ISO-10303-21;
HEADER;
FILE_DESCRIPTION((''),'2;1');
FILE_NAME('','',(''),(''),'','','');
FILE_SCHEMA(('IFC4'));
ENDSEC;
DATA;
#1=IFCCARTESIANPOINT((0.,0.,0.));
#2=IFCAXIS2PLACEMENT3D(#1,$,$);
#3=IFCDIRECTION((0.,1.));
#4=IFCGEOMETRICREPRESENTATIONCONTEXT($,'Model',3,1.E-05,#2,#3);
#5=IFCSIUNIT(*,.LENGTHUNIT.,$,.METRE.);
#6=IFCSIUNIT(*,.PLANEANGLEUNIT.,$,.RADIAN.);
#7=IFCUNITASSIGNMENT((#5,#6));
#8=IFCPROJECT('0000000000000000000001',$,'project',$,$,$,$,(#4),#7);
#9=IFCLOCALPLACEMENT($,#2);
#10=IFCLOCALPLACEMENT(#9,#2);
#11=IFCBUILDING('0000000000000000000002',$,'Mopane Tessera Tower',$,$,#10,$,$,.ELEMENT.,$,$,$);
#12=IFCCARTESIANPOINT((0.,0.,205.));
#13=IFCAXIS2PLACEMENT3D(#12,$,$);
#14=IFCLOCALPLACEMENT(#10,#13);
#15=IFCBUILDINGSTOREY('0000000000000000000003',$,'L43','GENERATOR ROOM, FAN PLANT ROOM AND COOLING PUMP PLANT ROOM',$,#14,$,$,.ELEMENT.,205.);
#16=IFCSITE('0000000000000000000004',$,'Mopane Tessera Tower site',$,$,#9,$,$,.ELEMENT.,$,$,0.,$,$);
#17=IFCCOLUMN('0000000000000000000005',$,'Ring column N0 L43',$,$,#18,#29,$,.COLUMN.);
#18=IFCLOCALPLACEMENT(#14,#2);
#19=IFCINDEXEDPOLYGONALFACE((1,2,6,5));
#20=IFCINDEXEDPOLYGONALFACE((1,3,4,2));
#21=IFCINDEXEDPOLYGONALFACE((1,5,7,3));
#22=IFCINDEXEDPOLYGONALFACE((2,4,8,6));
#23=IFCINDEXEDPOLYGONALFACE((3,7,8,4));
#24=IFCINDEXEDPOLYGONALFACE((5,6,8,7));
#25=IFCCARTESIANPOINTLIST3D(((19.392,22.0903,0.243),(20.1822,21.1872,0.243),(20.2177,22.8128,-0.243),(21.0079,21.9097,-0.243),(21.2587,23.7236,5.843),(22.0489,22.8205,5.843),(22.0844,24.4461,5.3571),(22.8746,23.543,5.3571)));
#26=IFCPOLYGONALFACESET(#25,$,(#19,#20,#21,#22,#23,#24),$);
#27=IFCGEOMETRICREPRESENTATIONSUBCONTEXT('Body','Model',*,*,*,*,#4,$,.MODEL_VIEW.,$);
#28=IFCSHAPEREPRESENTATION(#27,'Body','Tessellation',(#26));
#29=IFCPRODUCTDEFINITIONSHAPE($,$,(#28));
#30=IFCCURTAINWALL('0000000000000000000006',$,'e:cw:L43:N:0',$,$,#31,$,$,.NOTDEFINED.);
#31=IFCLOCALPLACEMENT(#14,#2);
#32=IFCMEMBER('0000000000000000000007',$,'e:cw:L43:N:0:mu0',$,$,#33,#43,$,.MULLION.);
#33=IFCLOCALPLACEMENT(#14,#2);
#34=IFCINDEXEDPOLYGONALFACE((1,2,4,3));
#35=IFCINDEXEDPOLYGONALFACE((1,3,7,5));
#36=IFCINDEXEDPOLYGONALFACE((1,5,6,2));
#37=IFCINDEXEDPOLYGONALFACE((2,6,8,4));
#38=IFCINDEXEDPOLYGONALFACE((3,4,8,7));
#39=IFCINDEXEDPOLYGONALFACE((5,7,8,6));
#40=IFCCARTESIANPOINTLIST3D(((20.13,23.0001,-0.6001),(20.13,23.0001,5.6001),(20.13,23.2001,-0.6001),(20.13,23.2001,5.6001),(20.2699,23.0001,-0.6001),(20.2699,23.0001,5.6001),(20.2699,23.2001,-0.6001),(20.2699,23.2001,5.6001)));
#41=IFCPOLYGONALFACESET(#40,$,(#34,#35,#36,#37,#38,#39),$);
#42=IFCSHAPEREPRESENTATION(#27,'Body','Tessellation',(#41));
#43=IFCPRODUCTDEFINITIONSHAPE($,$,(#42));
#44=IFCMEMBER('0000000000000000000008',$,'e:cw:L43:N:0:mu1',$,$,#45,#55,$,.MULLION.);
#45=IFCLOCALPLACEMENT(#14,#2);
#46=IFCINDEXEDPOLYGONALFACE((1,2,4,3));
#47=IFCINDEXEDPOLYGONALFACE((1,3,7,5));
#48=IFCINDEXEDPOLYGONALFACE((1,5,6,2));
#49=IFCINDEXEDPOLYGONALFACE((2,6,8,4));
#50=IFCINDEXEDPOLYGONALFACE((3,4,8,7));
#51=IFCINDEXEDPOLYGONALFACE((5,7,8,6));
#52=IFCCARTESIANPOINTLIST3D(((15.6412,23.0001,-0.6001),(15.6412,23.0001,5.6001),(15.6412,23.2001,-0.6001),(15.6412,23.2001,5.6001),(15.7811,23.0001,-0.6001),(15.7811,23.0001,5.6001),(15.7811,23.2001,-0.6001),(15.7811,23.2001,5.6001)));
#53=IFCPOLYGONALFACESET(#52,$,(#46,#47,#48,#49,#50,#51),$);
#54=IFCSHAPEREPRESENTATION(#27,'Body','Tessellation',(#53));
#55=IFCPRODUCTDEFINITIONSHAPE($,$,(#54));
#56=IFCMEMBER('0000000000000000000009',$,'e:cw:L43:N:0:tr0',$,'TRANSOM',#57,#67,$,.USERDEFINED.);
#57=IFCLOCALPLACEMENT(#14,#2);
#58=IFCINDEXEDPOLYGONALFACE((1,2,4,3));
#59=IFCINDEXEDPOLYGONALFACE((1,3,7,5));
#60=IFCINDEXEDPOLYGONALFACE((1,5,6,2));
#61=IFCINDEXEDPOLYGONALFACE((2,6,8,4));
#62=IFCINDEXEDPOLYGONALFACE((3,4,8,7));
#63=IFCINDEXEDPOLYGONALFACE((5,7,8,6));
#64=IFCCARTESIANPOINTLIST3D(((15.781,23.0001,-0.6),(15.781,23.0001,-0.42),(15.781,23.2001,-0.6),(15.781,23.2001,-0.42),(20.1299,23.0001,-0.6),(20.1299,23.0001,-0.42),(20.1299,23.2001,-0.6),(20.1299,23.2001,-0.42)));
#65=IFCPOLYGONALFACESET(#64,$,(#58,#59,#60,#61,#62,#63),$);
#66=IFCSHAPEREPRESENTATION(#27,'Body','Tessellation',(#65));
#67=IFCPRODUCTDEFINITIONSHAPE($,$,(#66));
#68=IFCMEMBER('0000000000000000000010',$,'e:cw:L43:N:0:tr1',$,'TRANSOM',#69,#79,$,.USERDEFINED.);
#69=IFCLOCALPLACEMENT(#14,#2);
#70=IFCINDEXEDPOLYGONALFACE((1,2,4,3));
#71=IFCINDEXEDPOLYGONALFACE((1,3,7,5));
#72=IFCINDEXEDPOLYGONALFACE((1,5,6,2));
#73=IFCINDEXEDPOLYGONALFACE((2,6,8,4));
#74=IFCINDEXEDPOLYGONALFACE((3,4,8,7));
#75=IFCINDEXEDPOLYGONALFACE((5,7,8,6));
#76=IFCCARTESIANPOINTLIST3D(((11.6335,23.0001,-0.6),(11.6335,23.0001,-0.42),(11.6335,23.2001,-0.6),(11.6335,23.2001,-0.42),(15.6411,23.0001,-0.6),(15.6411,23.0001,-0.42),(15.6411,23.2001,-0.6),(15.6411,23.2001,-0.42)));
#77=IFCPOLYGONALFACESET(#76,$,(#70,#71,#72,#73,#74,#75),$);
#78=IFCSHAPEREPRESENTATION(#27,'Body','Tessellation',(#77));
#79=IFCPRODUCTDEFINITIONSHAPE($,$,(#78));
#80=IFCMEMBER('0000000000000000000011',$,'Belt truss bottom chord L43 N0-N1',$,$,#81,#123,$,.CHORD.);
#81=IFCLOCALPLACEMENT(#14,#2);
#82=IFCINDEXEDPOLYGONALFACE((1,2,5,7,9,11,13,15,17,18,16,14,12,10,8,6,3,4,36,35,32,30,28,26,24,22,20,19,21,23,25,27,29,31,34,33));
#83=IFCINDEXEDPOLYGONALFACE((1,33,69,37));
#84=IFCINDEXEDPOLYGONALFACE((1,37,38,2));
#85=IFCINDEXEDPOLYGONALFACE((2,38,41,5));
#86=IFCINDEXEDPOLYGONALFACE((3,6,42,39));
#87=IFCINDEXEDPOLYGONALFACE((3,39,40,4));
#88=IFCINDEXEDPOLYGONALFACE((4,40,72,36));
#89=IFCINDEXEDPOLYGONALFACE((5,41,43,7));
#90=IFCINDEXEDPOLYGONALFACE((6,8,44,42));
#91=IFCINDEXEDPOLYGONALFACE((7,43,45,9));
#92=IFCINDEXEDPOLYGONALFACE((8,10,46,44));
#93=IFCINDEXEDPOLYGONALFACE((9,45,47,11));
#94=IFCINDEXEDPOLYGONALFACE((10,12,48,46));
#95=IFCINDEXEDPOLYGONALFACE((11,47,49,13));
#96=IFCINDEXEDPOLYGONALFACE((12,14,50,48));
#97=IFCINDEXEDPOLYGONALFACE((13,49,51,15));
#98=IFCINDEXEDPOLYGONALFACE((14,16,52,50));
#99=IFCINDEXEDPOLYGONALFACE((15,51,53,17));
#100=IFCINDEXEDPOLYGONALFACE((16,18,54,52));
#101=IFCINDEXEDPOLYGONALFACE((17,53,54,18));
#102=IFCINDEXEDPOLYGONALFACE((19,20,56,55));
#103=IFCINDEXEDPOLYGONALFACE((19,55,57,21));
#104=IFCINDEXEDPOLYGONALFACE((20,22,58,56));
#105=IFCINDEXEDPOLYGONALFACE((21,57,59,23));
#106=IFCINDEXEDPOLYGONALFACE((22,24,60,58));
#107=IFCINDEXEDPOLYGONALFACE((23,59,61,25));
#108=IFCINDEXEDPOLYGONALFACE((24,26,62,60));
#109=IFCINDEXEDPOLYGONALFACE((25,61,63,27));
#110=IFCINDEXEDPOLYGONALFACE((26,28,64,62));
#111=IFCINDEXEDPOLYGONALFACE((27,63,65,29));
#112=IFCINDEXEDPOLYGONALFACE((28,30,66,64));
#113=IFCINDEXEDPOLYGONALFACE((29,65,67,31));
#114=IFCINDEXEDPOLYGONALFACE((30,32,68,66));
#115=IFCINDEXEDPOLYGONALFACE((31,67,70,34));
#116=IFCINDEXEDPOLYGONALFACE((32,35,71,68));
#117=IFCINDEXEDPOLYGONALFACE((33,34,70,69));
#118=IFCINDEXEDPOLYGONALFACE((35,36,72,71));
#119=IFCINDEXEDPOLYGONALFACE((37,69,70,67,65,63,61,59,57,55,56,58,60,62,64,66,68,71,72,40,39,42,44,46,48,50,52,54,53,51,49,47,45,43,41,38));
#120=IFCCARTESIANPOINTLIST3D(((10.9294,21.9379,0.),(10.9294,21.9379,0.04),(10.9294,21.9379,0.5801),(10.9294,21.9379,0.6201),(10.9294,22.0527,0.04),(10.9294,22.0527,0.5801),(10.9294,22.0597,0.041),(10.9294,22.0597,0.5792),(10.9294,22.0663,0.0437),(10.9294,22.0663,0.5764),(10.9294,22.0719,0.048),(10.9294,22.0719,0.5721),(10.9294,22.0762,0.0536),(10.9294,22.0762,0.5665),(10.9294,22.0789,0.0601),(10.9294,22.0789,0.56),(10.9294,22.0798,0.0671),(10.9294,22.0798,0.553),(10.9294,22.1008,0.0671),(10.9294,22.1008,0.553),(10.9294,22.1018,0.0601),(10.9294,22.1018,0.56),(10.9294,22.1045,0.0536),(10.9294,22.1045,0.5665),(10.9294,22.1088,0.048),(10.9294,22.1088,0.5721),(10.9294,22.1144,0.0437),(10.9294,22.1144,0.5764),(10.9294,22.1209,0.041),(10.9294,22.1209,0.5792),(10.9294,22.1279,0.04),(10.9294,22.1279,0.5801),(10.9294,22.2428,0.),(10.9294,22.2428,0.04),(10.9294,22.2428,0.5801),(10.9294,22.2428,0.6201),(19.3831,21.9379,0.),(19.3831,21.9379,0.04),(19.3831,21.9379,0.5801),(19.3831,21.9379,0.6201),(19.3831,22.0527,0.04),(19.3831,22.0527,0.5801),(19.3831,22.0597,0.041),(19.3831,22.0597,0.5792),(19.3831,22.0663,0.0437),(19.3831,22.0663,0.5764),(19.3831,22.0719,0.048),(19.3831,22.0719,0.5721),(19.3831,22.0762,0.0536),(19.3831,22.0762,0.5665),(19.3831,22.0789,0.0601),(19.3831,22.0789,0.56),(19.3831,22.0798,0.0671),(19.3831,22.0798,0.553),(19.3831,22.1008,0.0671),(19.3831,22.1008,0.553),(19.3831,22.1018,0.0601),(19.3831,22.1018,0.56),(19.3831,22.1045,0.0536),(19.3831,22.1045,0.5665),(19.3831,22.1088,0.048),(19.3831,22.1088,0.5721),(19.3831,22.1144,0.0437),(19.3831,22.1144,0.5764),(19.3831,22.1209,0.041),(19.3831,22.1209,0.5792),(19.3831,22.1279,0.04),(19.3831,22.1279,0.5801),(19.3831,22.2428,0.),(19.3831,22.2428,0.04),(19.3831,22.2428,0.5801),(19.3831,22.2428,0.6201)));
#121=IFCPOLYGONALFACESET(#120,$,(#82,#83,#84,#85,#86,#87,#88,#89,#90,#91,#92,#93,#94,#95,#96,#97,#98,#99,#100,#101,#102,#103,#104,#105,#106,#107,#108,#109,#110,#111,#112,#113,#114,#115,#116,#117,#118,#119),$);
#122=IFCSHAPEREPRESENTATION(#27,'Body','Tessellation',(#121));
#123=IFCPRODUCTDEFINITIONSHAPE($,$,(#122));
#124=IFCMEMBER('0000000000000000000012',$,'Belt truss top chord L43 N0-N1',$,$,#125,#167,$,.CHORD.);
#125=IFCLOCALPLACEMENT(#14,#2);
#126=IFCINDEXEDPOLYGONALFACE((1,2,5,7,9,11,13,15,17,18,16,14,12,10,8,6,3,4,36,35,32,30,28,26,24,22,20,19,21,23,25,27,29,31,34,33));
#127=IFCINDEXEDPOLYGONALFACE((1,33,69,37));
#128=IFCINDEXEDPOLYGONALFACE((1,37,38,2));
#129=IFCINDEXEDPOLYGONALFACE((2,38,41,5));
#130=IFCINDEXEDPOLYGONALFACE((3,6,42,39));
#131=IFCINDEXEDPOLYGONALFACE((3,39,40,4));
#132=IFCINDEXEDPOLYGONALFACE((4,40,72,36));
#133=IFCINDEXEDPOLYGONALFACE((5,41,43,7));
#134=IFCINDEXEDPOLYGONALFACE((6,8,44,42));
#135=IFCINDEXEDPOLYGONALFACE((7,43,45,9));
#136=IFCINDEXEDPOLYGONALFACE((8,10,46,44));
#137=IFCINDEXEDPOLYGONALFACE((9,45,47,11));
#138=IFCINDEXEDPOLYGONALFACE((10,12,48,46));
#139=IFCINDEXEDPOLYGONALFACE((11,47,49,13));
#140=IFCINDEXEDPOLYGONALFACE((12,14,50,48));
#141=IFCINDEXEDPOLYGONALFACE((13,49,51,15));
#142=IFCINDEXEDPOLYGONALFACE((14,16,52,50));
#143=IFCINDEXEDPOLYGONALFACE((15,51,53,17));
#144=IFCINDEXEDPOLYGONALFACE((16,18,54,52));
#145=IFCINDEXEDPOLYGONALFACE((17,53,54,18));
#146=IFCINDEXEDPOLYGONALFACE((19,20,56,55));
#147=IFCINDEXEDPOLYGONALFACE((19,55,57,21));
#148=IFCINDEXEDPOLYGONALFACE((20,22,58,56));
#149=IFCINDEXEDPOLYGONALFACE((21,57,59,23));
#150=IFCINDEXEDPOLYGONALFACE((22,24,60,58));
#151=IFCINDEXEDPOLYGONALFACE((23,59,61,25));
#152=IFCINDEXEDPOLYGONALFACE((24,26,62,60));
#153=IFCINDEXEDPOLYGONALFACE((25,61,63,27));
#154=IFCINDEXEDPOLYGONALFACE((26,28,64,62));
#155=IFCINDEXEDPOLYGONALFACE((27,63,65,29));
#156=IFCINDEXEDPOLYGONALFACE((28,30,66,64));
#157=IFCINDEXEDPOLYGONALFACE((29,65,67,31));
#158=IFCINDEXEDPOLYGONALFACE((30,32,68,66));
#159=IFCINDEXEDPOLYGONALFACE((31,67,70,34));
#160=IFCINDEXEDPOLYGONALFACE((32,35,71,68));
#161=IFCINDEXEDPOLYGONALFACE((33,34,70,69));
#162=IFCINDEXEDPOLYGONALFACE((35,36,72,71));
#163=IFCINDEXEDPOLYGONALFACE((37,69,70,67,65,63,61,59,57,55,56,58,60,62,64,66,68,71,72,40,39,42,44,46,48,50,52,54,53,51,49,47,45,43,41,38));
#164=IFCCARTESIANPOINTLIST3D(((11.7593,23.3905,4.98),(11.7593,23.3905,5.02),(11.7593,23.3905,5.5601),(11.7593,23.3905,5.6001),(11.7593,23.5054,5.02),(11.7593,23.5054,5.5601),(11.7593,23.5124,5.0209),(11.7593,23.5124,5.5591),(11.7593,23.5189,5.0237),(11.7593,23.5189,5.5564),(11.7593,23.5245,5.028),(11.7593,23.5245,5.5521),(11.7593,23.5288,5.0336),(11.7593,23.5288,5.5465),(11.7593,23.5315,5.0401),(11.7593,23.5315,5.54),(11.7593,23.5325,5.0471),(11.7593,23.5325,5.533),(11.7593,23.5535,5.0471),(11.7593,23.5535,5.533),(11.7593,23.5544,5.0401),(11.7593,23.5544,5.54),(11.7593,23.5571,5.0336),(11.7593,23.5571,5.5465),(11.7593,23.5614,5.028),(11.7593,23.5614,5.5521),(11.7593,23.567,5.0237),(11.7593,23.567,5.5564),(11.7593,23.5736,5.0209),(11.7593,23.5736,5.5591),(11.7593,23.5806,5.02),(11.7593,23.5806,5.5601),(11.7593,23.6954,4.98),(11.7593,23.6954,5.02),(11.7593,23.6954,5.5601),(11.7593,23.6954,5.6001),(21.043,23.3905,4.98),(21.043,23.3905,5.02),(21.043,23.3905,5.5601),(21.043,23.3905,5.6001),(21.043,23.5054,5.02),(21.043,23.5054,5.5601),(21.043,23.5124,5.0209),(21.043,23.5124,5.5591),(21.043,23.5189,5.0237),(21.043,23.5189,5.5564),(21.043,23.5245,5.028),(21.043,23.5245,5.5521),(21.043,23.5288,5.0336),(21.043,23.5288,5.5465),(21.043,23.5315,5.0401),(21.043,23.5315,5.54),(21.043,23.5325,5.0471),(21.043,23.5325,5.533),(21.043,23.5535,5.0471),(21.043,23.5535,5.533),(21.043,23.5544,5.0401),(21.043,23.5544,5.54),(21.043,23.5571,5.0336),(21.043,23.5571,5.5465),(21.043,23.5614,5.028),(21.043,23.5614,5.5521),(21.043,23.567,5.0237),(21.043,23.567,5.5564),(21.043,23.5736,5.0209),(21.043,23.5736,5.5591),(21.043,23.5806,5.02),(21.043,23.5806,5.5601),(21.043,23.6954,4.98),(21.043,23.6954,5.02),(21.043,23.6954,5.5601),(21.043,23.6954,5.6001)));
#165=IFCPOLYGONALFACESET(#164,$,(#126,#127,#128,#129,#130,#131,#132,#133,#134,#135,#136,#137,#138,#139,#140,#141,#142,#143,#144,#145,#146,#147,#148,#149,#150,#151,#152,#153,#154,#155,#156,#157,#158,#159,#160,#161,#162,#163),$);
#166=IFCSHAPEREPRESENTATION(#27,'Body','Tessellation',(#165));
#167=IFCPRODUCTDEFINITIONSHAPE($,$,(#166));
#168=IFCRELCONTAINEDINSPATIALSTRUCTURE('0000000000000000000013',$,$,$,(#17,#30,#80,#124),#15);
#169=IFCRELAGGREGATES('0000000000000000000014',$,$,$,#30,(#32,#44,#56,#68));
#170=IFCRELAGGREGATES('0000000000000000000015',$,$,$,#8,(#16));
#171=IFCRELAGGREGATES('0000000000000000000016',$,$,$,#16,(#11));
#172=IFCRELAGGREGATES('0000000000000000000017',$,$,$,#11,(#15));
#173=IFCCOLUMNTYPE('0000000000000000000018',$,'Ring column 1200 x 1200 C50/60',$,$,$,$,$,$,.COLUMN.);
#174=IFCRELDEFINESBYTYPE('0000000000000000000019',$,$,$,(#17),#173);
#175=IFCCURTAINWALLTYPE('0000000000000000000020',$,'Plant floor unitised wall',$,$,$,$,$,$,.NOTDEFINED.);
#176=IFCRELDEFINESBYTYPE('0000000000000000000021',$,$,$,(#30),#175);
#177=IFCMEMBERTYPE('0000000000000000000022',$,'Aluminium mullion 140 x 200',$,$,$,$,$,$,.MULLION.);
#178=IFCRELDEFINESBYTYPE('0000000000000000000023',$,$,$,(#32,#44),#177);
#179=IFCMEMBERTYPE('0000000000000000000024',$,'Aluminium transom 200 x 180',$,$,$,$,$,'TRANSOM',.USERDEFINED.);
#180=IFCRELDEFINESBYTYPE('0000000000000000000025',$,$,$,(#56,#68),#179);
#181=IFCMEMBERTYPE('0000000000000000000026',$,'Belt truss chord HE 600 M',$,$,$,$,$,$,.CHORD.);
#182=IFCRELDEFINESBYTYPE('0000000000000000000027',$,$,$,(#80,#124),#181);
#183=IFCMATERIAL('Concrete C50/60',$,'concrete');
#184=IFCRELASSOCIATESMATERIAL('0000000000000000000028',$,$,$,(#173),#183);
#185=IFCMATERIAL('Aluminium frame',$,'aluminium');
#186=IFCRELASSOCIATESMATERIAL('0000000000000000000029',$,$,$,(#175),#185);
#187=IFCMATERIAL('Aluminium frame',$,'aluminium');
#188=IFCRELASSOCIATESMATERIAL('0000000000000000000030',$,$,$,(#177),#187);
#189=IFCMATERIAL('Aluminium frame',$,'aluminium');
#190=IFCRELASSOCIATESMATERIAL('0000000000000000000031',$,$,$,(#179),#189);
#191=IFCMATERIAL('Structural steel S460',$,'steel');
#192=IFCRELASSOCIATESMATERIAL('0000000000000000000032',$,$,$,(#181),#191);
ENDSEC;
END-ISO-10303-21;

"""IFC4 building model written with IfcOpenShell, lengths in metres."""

from ifc_helpers import new_model, si_unit, direction, frame, origin, origin_2d, place, context, subcontext, project, spatial, rectangle, i_section, extrude, material, material_profile, profile_set, type_object, element, aggregate, save


model = new_model("IFC4")

# Units and contexts
model_context = context("Model", 3, precision=1e-05, world=origin(), true_north=direction((0.0, 1.0)))
body_context = subcontext(model_context, "Body", "Model", "MODEL_VIEW")
ifc_project = project(units=[si_unit("LENGTHUNIT", "METRE"), si_unit("PLANEANGLEUNIT", "RADIAN")], contexts=[model_context])

# Site, building, storey
site_placement = place(None, origin())
site = spatial("IfcSite", under=ifc_project, at=site_placement, Name="Mopane Tessera Tower site", CompositionType="ELEMENT", RefElevation=0.0)
building_placement = place(site_placement, origin())
building = spatial("IfcBuilding", under=site, at=building_placement, Name="Mopane Tessera Tower", CompositionType="ELEMENT")
storey_placement = place(building_placement, frame((0.0, 0.0, 205.0)))
storey = spatial("IfcBuildingStorey", under=building, at=storey_placement, Name="L43", Description="GENERATOR ROOM, FAN PLANT ROOM AND COOLING PUMP PLANT ROOM", CompositionType="ELEMENT", Elevation=205.0)

# Column
ifc_material_1 = material(Name="Concrete C50/60", Category="concrete")
ifc_material_profile_1 = material_profile(ifc_material_1, rectangle(XDim=1.2, YDim=1.2, at=origin_2d()))
ifc_profile_set_1 = profile_set([ifc_material_profile_1], Name="Concrete C50/60")
column_type = type_object("IfcColumnType", Name="Ring column 1200 x 1200 C50/60", PredefinedType="COLUMN", material=ifc_profile_set_1)
column_placement = place(storey_placement, frame((20.2, 22.0, 0.0), z_axis=(0.304777, 0.26667, 0.91433), x_axis=(-0.658491, 0.752589, 0.0)))
element("IfcColumn", 1, at=column_placement, inside=storey, type_object=column_type, Name="Ring column N0 L43", PredefinedType="COLUMN", context=body_context, shape_type="SweptSolid", body=[
    extrude(rectangle(XDim=1.2, YDim=1.2, at=origin_2d()), origin(), (0.0, 0.0, 1.0), 6.1248),
])

# Curtain wall, members
ifc_material_2 = material(Name="Aluminium frame", Category="aluminium")
curtain_wall_type = type_object("IfcCurtainWallType", Name="Plant floor unitised wall", PredefinedType="NOTDEFINED", material=ifc_material_2)
curtain_wall_placement = place(storey_placement, origin())
curtain_wall = element("IfcCurtainWall", 2, at=curtain_wall_placement, inside=storey, type_object=curtain_wall_type, Name="e:cw:L43:N:0", PredefinedType="NOTDEFINED")
ifc_material_3 = material(Name="Aluminium frame", Category="aluminium")
ifc_material_profile_2 = material_profile(ifc_material_3, rectangle(XDim=0.1399, YDim=0.2, at=origin_2d()))
ifc_profile_set_2 = profile_set([ifc_material_profile_2], Name="Aluminium frame")
member_type_1 = type_object("IfcMemberType", Name="Aluminium mullion 140 x 200", PredefinedType="MULLION", material=ifc_profile_set_2)
member_1_placement = place(storey_placement, frame((20.2, 23.1001, -0.6001), z_axis=(0.0, 0.0, 1.0), x_axis=(-1.0, 0.0, 0.0)))
member_1 = element("IfcMember", 3, at=member_1_placement, type_object=member_type_1, Name="e:cw:L43:N:0:mu0", PredefinedType="MULLION", context=body_context, shape_type="SweptSolid", body=[
    extrude(rectangle(XDim=0.1399, YDim=0.2, at=origin_2d()), origin(), (0.0, 0.0, 1.0), 6.2002),
])
member_2_placement = place(storey_placement, frame((15.7112, 23.1001, -0.6001), z_axis=(0.0, 0.0, 1.0), x_axis=(-1.0, 0.0, 0.0)))
member_2 = element("IfcMember", 4, at=member_2_placement, type_object=member_type_1, Name="e:cw:L43:N:0:mu1", PredefinedType="MULLION", context=body_context, shape_type="SweptSolid", body=[
    extrude(rectangle(XDim=0.1399, YDim=0.2, at=origin_2d()), origin(), (0.0, 0.0, 1.0), 6.2002),
])
ifc_material_4 = material(Name="Aluminium frame", Category="aluminium")
ifc_material_profile_3 = material_profile(ifc_material_4, rectangle(XDim=0.2, YDim=0.1799, at=origin_2d()))
ifc_profile_set_3 = profile_set([ifc_material_profile_3], Name="Aluminium frame")
member_type_2 = type_object("IfcMemberType", Name="Aluminium transom 200 x 180", ElementType="TRANSOM", PredefinedType="USERDEFINED", material=ifc_profile_set_3)
member_3_placement = place(storey_placement, frame((20.1299, 23.1001, -0.51), z_axis=(-1.0, 0.0, 0.0), x_axis=(0.0, -1.0, 0.0)))
member_3 = element("IfcMember", 5, at=member_3_placement, type_object=member_type_2, Name="e:cw:L43:N:0:tr0", ObjectType="TRANSOM", PredefinedType="USERDEFINED", context=body_context, shape_type="SweptSolid", body=[
    extrude(rectangle(XDim=0.2, YDim=0.1799, at=origin_2d()), origin(), (0.0, 0.0, 1.0), 4.3489),
])
member_4_placement = place(storey_placement, frame((15.6411, 23.1001, -0.51), z_axis=(-1.0, 0.0, 0.0), x_axis=(0.0, -1.0, 0.0)))
member_4 = element("IfcMember", 6, at=member_4_placement, type_object=member_type_2, Name="e:cw:L43:N:0:tr1", ObjectType="TRANSOM", PredefinedType="USERDEFINED", context=body_context, shape_type="SweptSolid", body=[
    extrude(rectangle(XDim=0.2, YDim=0.1799, at=origin_2d()), origin(), (0.0, 0.0, 1.0), 4.0076),
])

# Members
ifc_material_5 = material(Name="Structural steel S460", Category="steel")
ifc_material_profile_4 = material_profile(ifc_material_5, i_section(OverallWidth=0.3049, OverallDepth=0.6201, WebThickness=0.021, FlangeThickness=0.04, FilletRadius=0.0271, at=origin_2d()))
ifc_profile_set_4 = profile_set([ifc_material_profile_4], Name="Structural steel S460")
member_type_3 = type_object("IfcMemberType", Name="Belt truss chord HE 600 M", PredefinedType="CHORD", material=ifc_profile_set_4)
member_5_placement = place(storey_placement, frame((19.3831, 22.0903, 0.3101), z_axis=(-1.0, 0.0, 0.0), x_axis=(0.0, -1.0, 0.0)))
element("IfcMember", 7, at=member_5_placement, inside=storey, type_object=member_type_3, Name="Belt truss bottom chord L43 N0-N1", PredefinedType="CHORD", context=body_context, shape_type="SweptSolid", body=[
    extrude(i_section(OverallWidth=0.3049, OverallDepth=0.6201, WebThickness=0.021, FlangeThickness=0.04, FilletRadius=0.0271, at=origin_2d()), origin(), (0.0, 0.0, 1.0), 8.4536),
])
member_6_placement = place(storey_placement, frame((21.043, 23.543, 5.29), z_axis=(-1.0, 0.0, 0.0), x_axis=(0.0, -1.0, 0.0)))
element("IfcMember", 8, at=member_6_placement, inside=storey, type_object=member_type_3, Name="Belt truss top chord L43 N0-N1", PredefinedType="CHORD", context=body_context, shape_type="SweptSolid", body=[
    extrude(i_section(OverallWidth=0.3049, OverallDepth=0.6201, WebThickness=0.021, FlangeThickness=0.04, FilletRadius=0.0271, at=origin_2d()), origin(), (0.0, 0.0, 1.0), 9.2837),
])

aggregate(curtain_wall, [member_1, member_2, member_3, member_4])

save(model, "model.ifc")
